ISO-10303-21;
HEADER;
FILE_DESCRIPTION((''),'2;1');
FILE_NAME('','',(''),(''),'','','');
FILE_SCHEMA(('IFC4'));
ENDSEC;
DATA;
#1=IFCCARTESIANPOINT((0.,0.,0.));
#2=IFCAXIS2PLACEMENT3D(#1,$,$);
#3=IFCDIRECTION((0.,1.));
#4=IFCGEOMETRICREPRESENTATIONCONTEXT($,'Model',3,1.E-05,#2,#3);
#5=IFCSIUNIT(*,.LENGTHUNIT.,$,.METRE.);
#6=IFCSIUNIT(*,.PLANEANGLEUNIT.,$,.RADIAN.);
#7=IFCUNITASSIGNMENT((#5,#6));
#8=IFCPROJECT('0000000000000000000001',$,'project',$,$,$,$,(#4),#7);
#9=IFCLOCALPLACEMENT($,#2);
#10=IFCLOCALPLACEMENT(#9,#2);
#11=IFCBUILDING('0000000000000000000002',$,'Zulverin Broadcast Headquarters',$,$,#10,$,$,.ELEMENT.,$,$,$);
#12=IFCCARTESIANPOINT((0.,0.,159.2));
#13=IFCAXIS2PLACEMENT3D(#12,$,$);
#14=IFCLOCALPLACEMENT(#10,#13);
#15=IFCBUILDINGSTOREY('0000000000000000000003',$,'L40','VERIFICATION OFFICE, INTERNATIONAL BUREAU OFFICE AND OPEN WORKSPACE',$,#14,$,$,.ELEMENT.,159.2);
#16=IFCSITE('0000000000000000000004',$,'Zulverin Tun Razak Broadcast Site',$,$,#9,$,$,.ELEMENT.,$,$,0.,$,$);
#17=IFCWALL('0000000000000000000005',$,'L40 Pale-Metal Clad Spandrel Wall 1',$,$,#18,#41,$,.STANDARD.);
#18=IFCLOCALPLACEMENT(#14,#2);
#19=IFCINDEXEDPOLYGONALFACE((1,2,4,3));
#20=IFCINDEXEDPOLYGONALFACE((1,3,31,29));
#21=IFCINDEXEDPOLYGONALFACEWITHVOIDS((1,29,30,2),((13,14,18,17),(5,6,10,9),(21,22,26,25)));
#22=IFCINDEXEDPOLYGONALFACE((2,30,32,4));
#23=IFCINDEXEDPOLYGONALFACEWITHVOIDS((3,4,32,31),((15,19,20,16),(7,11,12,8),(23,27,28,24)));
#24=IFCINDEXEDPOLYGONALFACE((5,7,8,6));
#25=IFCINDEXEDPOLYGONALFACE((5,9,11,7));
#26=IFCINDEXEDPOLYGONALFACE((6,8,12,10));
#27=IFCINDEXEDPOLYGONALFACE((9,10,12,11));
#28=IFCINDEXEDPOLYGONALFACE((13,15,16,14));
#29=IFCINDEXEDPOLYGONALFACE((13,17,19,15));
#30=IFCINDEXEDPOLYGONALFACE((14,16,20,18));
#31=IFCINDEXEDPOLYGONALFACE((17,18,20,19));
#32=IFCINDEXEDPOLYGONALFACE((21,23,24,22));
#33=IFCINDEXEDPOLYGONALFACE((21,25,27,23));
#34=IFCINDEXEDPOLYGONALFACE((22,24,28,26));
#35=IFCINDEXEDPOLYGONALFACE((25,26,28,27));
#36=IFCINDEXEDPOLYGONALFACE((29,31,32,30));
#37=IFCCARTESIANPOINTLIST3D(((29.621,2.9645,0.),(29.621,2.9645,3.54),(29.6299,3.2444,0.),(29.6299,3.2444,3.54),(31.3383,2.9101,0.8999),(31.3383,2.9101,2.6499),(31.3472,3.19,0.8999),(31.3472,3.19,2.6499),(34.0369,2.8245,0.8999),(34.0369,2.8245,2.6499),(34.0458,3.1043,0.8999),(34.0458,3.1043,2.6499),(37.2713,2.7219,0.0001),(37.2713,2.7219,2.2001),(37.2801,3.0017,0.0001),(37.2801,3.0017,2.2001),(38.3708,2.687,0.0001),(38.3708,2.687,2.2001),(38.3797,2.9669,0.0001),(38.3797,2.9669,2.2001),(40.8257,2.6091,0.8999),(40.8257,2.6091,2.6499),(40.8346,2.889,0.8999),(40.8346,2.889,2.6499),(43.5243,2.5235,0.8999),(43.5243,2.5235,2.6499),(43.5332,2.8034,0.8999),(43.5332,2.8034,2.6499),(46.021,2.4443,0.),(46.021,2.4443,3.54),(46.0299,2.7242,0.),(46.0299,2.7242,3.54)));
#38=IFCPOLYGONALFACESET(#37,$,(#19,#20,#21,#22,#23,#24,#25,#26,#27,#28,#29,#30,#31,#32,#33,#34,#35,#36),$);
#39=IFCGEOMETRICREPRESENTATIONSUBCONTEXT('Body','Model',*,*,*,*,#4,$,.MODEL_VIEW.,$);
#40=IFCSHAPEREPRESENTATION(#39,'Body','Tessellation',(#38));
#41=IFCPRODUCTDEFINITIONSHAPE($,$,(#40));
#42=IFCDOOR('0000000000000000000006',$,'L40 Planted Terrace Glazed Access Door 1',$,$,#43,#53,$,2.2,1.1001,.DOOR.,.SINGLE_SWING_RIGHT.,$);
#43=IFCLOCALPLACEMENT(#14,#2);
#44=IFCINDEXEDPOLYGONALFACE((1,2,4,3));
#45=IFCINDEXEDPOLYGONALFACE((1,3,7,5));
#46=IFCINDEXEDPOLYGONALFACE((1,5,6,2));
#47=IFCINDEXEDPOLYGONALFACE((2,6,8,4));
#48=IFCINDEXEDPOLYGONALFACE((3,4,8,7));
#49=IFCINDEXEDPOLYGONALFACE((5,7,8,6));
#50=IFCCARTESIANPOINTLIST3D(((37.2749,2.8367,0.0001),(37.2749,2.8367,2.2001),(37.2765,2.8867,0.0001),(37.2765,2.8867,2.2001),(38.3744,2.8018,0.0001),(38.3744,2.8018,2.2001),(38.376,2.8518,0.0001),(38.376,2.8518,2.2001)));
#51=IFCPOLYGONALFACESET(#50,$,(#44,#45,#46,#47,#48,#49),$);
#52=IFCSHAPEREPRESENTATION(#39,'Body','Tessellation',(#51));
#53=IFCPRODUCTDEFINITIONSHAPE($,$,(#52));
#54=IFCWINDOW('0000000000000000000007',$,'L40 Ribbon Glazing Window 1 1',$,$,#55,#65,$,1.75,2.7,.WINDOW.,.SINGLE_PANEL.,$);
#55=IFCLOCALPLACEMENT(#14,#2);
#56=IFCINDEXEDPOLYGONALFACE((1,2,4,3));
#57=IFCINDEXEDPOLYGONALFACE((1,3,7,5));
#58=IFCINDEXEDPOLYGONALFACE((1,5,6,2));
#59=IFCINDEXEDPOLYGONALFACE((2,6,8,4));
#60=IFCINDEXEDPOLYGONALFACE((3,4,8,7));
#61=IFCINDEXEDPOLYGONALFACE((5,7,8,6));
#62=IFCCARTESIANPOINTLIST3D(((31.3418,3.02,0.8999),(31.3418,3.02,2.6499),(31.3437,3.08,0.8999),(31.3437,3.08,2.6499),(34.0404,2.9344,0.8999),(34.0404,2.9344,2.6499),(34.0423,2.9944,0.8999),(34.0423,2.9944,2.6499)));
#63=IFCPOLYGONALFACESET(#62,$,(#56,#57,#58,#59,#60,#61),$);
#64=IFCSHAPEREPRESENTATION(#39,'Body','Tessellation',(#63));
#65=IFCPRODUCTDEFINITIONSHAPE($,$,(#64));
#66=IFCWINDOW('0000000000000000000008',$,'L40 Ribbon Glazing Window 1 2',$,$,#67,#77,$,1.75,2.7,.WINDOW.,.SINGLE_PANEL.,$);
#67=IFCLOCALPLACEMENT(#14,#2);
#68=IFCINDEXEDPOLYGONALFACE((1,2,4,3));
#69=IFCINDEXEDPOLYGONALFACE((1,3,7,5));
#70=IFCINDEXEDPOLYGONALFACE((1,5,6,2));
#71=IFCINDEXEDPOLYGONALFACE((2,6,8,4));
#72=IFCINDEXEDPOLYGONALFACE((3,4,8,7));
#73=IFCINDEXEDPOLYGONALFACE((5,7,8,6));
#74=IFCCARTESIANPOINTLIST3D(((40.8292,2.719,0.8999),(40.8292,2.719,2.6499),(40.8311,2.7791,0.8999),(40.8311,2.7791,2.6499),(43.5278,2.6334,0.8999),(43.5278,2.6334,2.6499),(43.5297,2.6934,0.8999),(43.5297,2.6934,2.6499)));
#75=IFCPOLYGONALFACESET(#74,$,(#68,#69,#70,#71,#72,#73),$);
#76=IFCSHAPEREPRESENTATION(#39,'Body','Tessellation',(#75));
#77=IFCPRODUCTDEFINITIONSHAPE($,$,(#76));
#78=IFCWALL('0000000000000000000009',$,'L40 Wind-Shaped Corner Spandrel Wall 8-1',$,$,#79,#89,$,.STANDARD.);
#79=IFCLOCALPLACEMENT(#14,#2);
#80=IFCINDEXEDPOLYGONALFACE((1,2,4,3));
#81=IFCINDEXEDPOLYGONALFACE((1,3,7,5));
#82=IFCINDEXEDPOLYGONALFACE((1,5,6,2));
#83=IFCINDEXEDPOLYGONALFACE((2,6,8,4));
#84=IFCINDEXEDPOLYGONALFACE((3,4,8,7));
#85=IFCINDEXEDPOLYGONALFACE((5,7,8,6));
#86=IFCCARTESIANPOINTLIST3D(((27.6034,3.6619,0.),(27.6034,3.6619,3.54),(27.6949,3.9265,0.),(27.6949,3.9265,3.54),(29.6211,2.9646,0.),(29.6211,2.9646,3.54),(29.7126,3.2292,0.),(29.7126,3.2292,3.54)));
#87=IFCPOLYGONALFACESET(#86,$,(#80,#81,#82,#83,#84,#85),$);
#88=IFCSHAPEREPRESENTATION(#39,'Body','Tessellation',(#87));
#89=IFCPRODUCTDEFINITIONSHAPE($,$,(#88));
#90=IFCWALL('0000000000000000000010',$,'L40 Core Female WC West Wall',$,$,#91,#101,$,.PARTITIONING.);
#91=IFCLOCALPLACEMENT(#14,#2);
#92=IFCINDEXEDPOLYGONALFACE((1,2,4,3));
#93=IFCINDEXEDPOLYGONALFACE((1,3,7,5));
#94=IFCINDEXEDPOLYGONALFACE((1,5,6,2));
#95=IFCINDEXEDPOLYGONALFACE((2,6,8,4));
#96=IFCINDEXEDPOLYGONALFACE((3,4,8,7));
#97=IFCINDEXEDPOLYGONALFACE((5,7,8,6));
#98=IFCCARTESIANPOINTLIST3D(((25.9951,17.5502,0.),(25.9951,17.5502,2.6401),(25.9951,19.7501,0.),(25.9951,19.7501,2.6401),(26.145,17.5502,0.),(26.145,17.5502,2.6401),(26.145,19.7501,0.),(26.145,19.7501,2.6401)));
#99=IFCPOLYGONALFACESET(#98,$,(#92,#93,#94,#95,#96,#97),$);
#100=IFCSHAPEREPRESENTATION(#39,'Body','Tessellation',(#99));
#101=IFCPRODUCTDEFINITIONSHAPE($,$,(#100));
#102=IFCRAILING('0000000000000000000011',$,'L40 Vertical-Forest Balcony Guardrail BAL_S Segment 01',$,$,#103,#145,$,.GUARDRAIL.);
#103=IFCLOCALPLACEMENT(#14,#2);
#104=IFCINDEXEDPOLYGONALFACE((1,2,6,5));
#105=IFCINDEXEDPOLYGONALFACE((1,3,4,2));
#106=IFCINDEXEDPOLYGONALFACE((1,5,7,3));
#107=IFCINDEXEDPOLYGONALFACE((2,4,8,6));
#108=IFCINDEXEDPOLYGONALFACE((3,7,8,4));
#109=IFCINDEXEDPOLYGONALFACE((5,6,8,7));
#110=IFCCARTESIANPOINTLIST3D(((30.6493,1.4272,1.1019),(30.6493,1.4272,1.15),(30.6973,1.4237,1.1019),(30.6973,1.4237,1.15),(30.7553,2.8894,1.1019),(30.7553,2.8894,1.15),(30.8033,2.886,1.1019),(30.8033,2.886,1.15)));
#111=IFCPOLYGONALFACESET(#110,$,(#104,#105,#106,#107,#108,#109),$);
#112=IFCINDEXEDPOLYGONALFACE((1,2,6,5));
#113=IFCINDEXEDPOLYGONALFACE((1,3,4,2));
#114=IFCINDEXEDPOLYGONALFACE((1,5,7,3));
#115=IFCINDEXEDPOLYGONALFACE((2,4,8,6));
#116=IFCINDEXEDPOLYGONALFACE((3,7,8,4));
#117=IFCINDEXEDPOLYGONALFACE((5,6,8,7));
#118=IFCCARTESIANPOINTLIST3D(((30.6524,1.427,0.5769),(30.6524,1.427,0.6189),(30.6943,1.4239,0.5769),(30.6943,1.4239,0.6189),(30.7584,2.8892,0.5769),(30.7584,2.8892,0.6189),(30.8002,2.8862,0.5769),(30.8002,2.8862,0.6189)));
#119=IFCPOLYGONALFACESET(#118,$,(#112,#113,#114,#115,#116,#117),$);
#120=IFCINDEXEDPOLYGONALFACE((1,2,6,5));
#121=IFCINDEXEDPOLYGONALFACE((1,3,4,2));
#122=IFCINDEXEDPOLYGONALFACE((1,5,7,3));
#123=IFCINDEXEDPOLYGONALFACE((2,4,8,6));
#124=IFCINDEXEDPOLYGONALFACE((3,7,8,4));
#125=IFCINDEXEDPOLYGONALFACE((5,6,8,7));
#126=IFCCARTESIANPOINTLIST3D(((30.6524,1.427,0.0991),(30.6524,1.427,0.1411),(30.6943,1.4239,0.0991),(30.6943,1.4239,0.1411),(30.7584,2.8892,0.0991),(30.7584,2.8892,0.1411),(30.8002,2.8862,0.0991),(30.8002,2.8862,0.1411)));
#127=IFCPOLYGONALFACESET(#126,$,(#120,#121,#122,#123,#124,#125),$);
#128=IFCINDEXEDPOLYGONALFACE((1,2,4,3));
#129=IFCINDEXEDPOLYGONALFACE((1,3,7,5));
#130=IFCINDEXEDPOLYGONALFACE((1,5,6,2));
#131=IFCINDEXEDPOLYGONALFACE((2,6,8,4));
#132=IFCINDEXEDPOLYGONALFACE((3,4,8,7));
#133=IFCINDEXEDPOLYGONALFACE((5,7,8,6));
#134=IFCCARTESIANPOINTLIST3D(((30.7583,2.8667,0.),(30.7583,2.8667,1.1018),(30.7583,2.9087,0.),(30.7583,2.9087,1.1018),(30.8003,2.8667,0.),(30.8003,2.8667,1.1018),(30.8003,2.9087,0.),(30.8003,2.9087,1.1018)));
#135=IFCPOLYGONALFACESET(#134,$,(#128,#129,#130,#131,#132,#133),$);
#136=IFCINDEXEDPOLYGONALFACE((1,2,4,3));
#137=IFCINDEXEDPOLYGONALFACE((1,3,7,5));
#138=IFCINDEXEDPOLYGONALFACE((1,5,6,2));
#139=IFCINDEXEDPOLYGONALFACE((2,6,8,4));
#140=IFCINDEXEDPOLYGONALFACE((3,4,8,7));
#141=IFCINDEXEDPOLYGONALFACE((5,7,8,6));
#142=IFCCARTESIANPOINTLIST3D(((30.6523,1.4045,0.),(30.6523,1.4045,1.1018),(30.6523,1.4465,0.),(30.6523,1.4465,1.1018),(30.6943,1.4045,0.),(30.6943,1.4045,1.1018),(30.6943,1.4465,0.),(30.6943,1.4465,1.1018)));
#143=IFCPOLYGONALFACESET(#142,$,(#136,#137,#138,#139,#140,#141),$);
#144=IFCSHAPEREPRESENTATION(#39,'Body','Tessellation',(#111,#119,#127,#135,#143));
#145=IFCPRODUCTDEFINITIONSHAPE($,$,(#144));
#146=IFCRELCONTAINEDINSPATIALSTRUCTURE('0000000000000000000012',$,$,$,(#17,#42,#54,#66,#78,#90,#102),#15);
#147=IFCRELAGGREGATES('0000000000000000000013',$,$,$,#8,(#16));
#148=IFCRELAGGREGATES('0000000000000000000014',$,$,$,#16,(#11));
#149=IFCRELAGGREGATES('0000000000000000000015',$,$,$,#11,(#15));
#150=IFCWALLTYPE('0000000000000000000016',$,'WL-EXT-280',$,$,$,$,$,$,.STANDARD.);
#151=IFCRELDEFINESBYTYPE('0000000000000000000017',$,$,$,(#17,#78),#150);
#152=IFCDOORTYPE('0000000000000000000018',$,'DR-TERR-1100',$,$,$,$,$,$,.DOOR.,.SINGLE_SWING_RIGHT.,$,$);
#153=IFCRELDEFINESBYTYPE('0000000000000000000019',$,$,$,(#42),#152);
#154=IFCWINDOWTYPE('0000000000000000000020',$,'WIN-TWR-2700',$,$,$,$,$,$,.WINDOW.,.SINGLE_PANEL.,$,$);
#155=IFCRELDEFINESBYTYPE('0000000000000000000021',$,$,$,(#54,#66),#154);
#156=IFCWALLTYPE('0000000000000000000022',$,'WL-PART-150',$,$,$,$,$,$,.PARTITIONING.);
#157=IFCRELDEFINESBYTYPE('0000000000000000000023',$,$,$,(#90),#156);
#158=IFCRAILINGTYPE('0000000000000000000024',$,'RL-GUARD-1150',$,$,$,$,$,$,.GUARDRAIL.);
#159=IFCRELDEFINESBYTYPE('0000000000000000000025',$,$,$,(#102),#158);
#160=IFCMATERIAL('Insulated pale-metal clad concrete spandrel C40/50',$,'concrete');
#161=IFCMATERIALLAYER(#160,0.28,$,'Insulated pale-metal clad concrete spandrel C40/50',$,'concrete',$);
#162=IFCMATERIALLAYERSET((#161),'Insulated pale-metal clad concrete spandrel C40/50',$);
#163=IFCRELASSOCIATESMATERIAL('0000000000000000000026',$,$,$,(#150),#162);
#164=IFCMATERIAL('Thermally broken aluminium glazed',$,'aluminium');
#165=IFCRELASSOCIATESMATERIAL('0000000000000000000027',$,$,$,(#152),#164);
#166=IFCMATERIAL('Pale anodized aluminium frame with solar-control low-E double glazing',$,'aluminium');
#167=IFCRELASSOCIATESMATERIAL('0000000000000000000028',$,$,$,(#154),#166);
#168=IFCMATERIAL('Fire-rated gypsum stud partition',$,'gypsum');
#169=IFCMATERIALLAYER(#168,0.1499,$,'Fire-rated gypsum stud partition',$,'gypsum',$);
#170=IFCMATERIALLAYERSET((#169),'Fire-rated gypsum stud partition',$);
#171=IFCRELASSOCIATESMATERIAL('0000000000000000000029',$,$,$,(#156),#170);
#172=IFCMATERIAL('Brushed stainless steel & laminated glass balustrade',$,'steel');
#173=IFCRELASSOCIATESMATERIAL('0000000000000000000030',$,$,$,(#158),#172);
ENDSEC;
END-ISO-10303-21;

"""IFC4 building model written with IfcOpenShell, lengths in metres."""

from ifc_helpers import new_model, si_unit, direction, frame, frame_2d, origin, origin_2d, place, context, subcontext, project, spatial, rectangle, extrude, material, layer, layer_set, type_object, element, fill, save


model = new_model("IFC4")

# Units and contexts
model_context = context("Model", 3, precision=1e-05, world=origin(), true_north=direction((0.0, 1.0)))
body_context = subcontext(model_context, "Body", "Model", "MODEL_VIEW")
ifc_project = project(units=[si_unit("LENGTHUNIT", "METRE"), si_unit("PLANEANGLEUNIT", "RADIAN")], contexts=[model_context])

# Site, building, storey
site_placement = place(None, origin())
site = spatial("IfcSite", under=ifc_project, at=site_placement, Name="Zulverin Tun Razak Broadcast Site", CompositionType="ELEMENT", RefElevation=0.0)
building_placement = place(site_placement, origin())
building = spatial("IfcBuilding", under=site, at=building_placement, Name="Zulverin Broadcast Headquarters", CompositionType="ELEMENT")
storey_placement = place(building_placement, frame((0.0, 0.0, 159.2)))
storey = spatial("IfcBuildingStorey", under=building, at=storey_placement, Name="L40", Description="VERIFICATION OFFICE, INTERNATIONAL BUREAU OFFICE AND OPEN WORKSPACE", CompositionType="ELEMENT", Elevation=159.2)

# Wall, openings, door, windows
ifc_material_1 = material(Name="Insulated pale-metal clad concrete spandrel C40/50", Category="concrete")
ifc_layer_1 = layer(ifc_material_1, 0.28, Name="Insulated pale-metal clad concrete spandrel C40/50", Category="concrete")
ifc_layer_set_1 = layer_set([ifc_layer_1], Name="Insulated pale-metal clad concrete spandrel C40/50")
wall_type_1 = type_object("IfcWallType", Name="WL-EXT-280", PredefinedType="STANDARD", material=ifc_layer_set_1)
wall_1_placement = place(storey_placement, frame((29.6255, 3.1045, 0.0), z_axis=(0.0, 0.0, 1.0), x_axis=(0.999497, -0.031708, 0.0)))
wall_1 = element("IfcWall", 1, at=wall_1_placement, inside=storey, type_object=wall_type_1, Name="L40 Pale-Metal Clad Spandrel Wall 1", PredefinedType="STANDARD", context=body_context, shape_type="SweptSolid", body=[
    extrude(rectangle(XDim=16.4082, YDim=0.28, at=frame_2d((8.2041, 0.0))), origin(), (0.0, 0.0, 1.0), 3.54),
])
opening_1_placement = place(wall_1_placement, frame((7.6541, 0.0, 0.0)))
opening_1 = element("IfcOpeningElement", 2, at=opening_1_placement, cuts=wall_1, PredefinedType="OPENING", context=body_context, shape_type="SweptSolid", body=[
    extrude(rectangle(XDim=1.1001, YDim=2.2, at=frame_2d((0.55, 1.1001))), frame((0.0, 0.1499, 0.0), z_axis=(0.0, -1.0, 0.0), x_axis=(1.0, 0.0, 0.0)), (0.0, 0.0, 1.0), 0.3),
])
opening_2_placement = place(wall_1_placement, frame((1.718, 0.0, 0.8999)))
opening_2 = element("IfcOpeningElement", 3, at=opening_2_placement, cuts=wall_1, PredefinedType="OPENING", context=body_context, shape_type="SweptSolid", body=[
    extrude(rectangle(XDim=2.7, YDim=1.75, at=frame_2d((1.3501, 0.875))), frame((0.0, 0.1499, 0.0), z_axis=(0.0, -1.0, 0.0), x_axis=(1.0, 0.0, 0.0)), (0.0, 0.0, 1.0), 0.3),
])
opening_3_placement = place(wall_1_placement, frame((11.2102, 0.0, 0.8999)))
opening_3 = element("IfcOpeningElement", 4, at=opening_3_placement, cuts=wall_1, PredefinedType="OPENING", context=body_context, shape_type="SweptSolid", body=[
    extrude(rectangle(XDim=2.7, YDim=1.75, at=frame_2d((1.3501, 0.875))), frame((0.0, 0.1499, 0.0), z_axis=(0.0, -1.0, 0.0), x_axis=(1.0, 0.0, 0.0)), (0.0, 0.0, 1.0), 0.3),
])
ifc_material_2 = material(Name="Thermally broken aluminium glazed", Category="aluminium")
door_type = type_object("IfcDoorType", Name="DR-TERR-1100", OperationType="SINGLE_SWING_RIGHT", PredefinedType="DOOR", material=ifc_material_2)
door_placement = place(opening_1_placement, origin())
door = element("IfcDoor", 5, at=door_placement, inside=storey, type_object=door_type, Name="L40 Planted Terrace Glazed Access Door 1", OperationType="SINGLE_SWING_RIGHT", OverallHeight=2.2, OverallWidth=1.1001, PredefinedType="DOOR", context=body_context, shape_type="SweptSolid", body=[
    extrude(rectangle(XDim=1.1001, YDim=2.2, at=frame_2d((0.55, 1.1001))), frame((0.0, 0.0249, 0.0), z_axis=(0.0, -1.0, 0.0), x_axis=(1.0, 0.0, 0.0)), (0.0, 0.0, 1.0), 0.05),
])
fill(opening_1, door)
ifc_material_3 = material(Name="Pale anodized aluminium frame with solar-control low-E double glazing", Category="aluminium")
window_type = type_object("IfcWindowType", Name="WIN-TWR-2700", PartitioningType="SINGLE_PANEL", PredefinedType="WINDOW", material=ifc_material_3)
window_1_placement = place(opening_2_placement, origin())
window_1 = element("IfcWindow", 6, at=window_1_placement, inside=storey, type_object=window_type, Name="L40 Ribbon Glazing Window 1 1", OverallHeight=1.75, OverallWidth=2.7, PartitioningType="SINGLE_PANEL", PredefinedType="WINDOW", context=body_context, shape_type="SweptSolid", body=[
    extrude(rectangle(XDim=2.7, YDim=1.75, at=frame_2d((1.3501, 0.875))), frame((0.0, 0.03, 0.0), z_axis=(0.0, -1.0, 0.0), x_axis=(1.0, 0.0, 0.0)), (0.0, 0.0, 1.0), 0.0601),
])
fill(opening_2, window_1)
window_2_placement = place(opening_3_placement, origin())
window_2 = element("IfcWindow", 7, at=window_2_placement, inside=storey, type_object=window_type, Name="L40 Ribbon Glazing Window 1 2", OverallHeight=1.75, OverallWidth=2.7, PartitioningType="SINGLE_PANEL", PredefinedType="WINDOW", context=body_context, shape_type="SweptSolid", body=[
    extrude(rectangle(XDim=2.7, YDim=1.75, at=frame_2d((1.3501, 0.875))), frame((0.0, 0.03, 0.0), z_axis=(0.0, -1.0, 0.0), x_axis=(1.0, 0.0, 0.0)), (0.0, 0.0, 1.0), 0.0601),
])
fill(opening_3, window_2)

# Walls
wall_2_placement = place(storey_placement, frame((27.6492, 3.7942, 0.0), z_axis=(0.0, 0.0, 1.0), x_axis=(0.945149, -0.326639, 0.0)))
element("IfcWall", 8, at=wall_2_placement, inside=storey, type_object=wall_type_1, Name="L40 Wind-Shaped Corner Spandrel Wall 8-1", PredefinedType="STANDARD", context=body_context, shape_type="SweptSolid", body=[
    extrude(rectangle(XDim=2.1348, YDim=0.28, at=frame_2d((1.0674, 0.0))), origin(), (0.0, 0.0, 1.0), 3.54),
])
ifc_material_4 = material(Name="Fire-rated gypsum stud partition", Category="gypsum")
ifc_layer_2 = layer(ifc_material_4, 0.1499, Name="Fire-rated gypsum stud partition", Category="gypsum")
ifc_layer_set_2 = layer_set([ifc_layer_2], Name="Fire-rated gypsum stud partition")
wall_type_2 = type_object("IfcWallType", Name="WL-PART-150", PredefinedType="PARTITIONING", material=ifc_layer_set_2)
wall_3_placement = place(storey_placement, frame((26.0701, 17.55, 0.0), z_axis=(0.0, 0.0, 1.0), x_axis=(0.0, 1.0, 0.0)))
element("IfcWall", 9, at=wall_3_placement, inside=storey, type_object=wall_type_2, Name="L40 Core Female WC West Wall", PredefinedType="PARTITIONING", context=body_context, shape_type="SweptSolid", body=[
    extrude(rectangle(XDim=2.2, YDim=0.1499, at=frame_2d((1.1001, 0.0))), origin(), (0.0, 0.0, 1.0), 2.6401),
])

# Railing
ifc_material_5 = material(Name="Brushed stainless steel & laminated glass balustrade", Category="steel")
railing_type = type_object("IfcRailingType", Name="RL-GUARD-1150", PredefinedType="GUARDRAIL", material=ifc_material_5)
railing_1_placement = place(storey_placement, frame((30.7793, 2.8877, 0.0)))
element("IfcRailing", 10, at=railing_1_placement, inside=storey, type_object=railing_type, Name="L40 Vertical-Forest Balcony Guardrail BAL_S Segment 01", PredefinedType="GUARDRAIL", context=body_context, shape_type="SweptSolid", body=[
    extrude(rectangle(XDim=0.0481, YDim=0.0481, at=origin_2d()), frame((0.0, 0.0, 1.126), z_axis=(-0.072277, -0.997385, 0.0), x_axis=(0.997385, -0.072277, 0.0)), (0.0, 0.0, 1.0), 1.4661),
    extrude(rectangle(XDim=0.042, YDim=0.042, at=origin_2d()), frame((0.0, 0.0, 0.5979), z_axis=(-0.072277, -0.997385, 0.0), x_axis=(0.997385, -0.072277, 0.0)), (0.0, 0.0, 1.0), 1.4661),
    extrude(rectangle(XDim=0.042, YDim=0.042, at=origin_2d()), frame((0.0, 0.0, 0.1201), z_axis=(-0.072277, -0.997385, 0.0), x_axis=(0.997385, -0.072277, 0.0)), (0.0, 0.0, 1.0), 1.4661),
    extrude(rectangle(XDim=0.042, YDim=0.042, at=origin_2d()), origin(), (0.0, 0.0, 1.0), 1.1018),
    extrude(rectangle(XDim=0.042, YDim=0.042, at=origin_2d()), frame((-0.106, -1.4622, 0.0)), (0.0, 0.0, 1.0), 1.1018),
])

save(model, "model.ifc")
